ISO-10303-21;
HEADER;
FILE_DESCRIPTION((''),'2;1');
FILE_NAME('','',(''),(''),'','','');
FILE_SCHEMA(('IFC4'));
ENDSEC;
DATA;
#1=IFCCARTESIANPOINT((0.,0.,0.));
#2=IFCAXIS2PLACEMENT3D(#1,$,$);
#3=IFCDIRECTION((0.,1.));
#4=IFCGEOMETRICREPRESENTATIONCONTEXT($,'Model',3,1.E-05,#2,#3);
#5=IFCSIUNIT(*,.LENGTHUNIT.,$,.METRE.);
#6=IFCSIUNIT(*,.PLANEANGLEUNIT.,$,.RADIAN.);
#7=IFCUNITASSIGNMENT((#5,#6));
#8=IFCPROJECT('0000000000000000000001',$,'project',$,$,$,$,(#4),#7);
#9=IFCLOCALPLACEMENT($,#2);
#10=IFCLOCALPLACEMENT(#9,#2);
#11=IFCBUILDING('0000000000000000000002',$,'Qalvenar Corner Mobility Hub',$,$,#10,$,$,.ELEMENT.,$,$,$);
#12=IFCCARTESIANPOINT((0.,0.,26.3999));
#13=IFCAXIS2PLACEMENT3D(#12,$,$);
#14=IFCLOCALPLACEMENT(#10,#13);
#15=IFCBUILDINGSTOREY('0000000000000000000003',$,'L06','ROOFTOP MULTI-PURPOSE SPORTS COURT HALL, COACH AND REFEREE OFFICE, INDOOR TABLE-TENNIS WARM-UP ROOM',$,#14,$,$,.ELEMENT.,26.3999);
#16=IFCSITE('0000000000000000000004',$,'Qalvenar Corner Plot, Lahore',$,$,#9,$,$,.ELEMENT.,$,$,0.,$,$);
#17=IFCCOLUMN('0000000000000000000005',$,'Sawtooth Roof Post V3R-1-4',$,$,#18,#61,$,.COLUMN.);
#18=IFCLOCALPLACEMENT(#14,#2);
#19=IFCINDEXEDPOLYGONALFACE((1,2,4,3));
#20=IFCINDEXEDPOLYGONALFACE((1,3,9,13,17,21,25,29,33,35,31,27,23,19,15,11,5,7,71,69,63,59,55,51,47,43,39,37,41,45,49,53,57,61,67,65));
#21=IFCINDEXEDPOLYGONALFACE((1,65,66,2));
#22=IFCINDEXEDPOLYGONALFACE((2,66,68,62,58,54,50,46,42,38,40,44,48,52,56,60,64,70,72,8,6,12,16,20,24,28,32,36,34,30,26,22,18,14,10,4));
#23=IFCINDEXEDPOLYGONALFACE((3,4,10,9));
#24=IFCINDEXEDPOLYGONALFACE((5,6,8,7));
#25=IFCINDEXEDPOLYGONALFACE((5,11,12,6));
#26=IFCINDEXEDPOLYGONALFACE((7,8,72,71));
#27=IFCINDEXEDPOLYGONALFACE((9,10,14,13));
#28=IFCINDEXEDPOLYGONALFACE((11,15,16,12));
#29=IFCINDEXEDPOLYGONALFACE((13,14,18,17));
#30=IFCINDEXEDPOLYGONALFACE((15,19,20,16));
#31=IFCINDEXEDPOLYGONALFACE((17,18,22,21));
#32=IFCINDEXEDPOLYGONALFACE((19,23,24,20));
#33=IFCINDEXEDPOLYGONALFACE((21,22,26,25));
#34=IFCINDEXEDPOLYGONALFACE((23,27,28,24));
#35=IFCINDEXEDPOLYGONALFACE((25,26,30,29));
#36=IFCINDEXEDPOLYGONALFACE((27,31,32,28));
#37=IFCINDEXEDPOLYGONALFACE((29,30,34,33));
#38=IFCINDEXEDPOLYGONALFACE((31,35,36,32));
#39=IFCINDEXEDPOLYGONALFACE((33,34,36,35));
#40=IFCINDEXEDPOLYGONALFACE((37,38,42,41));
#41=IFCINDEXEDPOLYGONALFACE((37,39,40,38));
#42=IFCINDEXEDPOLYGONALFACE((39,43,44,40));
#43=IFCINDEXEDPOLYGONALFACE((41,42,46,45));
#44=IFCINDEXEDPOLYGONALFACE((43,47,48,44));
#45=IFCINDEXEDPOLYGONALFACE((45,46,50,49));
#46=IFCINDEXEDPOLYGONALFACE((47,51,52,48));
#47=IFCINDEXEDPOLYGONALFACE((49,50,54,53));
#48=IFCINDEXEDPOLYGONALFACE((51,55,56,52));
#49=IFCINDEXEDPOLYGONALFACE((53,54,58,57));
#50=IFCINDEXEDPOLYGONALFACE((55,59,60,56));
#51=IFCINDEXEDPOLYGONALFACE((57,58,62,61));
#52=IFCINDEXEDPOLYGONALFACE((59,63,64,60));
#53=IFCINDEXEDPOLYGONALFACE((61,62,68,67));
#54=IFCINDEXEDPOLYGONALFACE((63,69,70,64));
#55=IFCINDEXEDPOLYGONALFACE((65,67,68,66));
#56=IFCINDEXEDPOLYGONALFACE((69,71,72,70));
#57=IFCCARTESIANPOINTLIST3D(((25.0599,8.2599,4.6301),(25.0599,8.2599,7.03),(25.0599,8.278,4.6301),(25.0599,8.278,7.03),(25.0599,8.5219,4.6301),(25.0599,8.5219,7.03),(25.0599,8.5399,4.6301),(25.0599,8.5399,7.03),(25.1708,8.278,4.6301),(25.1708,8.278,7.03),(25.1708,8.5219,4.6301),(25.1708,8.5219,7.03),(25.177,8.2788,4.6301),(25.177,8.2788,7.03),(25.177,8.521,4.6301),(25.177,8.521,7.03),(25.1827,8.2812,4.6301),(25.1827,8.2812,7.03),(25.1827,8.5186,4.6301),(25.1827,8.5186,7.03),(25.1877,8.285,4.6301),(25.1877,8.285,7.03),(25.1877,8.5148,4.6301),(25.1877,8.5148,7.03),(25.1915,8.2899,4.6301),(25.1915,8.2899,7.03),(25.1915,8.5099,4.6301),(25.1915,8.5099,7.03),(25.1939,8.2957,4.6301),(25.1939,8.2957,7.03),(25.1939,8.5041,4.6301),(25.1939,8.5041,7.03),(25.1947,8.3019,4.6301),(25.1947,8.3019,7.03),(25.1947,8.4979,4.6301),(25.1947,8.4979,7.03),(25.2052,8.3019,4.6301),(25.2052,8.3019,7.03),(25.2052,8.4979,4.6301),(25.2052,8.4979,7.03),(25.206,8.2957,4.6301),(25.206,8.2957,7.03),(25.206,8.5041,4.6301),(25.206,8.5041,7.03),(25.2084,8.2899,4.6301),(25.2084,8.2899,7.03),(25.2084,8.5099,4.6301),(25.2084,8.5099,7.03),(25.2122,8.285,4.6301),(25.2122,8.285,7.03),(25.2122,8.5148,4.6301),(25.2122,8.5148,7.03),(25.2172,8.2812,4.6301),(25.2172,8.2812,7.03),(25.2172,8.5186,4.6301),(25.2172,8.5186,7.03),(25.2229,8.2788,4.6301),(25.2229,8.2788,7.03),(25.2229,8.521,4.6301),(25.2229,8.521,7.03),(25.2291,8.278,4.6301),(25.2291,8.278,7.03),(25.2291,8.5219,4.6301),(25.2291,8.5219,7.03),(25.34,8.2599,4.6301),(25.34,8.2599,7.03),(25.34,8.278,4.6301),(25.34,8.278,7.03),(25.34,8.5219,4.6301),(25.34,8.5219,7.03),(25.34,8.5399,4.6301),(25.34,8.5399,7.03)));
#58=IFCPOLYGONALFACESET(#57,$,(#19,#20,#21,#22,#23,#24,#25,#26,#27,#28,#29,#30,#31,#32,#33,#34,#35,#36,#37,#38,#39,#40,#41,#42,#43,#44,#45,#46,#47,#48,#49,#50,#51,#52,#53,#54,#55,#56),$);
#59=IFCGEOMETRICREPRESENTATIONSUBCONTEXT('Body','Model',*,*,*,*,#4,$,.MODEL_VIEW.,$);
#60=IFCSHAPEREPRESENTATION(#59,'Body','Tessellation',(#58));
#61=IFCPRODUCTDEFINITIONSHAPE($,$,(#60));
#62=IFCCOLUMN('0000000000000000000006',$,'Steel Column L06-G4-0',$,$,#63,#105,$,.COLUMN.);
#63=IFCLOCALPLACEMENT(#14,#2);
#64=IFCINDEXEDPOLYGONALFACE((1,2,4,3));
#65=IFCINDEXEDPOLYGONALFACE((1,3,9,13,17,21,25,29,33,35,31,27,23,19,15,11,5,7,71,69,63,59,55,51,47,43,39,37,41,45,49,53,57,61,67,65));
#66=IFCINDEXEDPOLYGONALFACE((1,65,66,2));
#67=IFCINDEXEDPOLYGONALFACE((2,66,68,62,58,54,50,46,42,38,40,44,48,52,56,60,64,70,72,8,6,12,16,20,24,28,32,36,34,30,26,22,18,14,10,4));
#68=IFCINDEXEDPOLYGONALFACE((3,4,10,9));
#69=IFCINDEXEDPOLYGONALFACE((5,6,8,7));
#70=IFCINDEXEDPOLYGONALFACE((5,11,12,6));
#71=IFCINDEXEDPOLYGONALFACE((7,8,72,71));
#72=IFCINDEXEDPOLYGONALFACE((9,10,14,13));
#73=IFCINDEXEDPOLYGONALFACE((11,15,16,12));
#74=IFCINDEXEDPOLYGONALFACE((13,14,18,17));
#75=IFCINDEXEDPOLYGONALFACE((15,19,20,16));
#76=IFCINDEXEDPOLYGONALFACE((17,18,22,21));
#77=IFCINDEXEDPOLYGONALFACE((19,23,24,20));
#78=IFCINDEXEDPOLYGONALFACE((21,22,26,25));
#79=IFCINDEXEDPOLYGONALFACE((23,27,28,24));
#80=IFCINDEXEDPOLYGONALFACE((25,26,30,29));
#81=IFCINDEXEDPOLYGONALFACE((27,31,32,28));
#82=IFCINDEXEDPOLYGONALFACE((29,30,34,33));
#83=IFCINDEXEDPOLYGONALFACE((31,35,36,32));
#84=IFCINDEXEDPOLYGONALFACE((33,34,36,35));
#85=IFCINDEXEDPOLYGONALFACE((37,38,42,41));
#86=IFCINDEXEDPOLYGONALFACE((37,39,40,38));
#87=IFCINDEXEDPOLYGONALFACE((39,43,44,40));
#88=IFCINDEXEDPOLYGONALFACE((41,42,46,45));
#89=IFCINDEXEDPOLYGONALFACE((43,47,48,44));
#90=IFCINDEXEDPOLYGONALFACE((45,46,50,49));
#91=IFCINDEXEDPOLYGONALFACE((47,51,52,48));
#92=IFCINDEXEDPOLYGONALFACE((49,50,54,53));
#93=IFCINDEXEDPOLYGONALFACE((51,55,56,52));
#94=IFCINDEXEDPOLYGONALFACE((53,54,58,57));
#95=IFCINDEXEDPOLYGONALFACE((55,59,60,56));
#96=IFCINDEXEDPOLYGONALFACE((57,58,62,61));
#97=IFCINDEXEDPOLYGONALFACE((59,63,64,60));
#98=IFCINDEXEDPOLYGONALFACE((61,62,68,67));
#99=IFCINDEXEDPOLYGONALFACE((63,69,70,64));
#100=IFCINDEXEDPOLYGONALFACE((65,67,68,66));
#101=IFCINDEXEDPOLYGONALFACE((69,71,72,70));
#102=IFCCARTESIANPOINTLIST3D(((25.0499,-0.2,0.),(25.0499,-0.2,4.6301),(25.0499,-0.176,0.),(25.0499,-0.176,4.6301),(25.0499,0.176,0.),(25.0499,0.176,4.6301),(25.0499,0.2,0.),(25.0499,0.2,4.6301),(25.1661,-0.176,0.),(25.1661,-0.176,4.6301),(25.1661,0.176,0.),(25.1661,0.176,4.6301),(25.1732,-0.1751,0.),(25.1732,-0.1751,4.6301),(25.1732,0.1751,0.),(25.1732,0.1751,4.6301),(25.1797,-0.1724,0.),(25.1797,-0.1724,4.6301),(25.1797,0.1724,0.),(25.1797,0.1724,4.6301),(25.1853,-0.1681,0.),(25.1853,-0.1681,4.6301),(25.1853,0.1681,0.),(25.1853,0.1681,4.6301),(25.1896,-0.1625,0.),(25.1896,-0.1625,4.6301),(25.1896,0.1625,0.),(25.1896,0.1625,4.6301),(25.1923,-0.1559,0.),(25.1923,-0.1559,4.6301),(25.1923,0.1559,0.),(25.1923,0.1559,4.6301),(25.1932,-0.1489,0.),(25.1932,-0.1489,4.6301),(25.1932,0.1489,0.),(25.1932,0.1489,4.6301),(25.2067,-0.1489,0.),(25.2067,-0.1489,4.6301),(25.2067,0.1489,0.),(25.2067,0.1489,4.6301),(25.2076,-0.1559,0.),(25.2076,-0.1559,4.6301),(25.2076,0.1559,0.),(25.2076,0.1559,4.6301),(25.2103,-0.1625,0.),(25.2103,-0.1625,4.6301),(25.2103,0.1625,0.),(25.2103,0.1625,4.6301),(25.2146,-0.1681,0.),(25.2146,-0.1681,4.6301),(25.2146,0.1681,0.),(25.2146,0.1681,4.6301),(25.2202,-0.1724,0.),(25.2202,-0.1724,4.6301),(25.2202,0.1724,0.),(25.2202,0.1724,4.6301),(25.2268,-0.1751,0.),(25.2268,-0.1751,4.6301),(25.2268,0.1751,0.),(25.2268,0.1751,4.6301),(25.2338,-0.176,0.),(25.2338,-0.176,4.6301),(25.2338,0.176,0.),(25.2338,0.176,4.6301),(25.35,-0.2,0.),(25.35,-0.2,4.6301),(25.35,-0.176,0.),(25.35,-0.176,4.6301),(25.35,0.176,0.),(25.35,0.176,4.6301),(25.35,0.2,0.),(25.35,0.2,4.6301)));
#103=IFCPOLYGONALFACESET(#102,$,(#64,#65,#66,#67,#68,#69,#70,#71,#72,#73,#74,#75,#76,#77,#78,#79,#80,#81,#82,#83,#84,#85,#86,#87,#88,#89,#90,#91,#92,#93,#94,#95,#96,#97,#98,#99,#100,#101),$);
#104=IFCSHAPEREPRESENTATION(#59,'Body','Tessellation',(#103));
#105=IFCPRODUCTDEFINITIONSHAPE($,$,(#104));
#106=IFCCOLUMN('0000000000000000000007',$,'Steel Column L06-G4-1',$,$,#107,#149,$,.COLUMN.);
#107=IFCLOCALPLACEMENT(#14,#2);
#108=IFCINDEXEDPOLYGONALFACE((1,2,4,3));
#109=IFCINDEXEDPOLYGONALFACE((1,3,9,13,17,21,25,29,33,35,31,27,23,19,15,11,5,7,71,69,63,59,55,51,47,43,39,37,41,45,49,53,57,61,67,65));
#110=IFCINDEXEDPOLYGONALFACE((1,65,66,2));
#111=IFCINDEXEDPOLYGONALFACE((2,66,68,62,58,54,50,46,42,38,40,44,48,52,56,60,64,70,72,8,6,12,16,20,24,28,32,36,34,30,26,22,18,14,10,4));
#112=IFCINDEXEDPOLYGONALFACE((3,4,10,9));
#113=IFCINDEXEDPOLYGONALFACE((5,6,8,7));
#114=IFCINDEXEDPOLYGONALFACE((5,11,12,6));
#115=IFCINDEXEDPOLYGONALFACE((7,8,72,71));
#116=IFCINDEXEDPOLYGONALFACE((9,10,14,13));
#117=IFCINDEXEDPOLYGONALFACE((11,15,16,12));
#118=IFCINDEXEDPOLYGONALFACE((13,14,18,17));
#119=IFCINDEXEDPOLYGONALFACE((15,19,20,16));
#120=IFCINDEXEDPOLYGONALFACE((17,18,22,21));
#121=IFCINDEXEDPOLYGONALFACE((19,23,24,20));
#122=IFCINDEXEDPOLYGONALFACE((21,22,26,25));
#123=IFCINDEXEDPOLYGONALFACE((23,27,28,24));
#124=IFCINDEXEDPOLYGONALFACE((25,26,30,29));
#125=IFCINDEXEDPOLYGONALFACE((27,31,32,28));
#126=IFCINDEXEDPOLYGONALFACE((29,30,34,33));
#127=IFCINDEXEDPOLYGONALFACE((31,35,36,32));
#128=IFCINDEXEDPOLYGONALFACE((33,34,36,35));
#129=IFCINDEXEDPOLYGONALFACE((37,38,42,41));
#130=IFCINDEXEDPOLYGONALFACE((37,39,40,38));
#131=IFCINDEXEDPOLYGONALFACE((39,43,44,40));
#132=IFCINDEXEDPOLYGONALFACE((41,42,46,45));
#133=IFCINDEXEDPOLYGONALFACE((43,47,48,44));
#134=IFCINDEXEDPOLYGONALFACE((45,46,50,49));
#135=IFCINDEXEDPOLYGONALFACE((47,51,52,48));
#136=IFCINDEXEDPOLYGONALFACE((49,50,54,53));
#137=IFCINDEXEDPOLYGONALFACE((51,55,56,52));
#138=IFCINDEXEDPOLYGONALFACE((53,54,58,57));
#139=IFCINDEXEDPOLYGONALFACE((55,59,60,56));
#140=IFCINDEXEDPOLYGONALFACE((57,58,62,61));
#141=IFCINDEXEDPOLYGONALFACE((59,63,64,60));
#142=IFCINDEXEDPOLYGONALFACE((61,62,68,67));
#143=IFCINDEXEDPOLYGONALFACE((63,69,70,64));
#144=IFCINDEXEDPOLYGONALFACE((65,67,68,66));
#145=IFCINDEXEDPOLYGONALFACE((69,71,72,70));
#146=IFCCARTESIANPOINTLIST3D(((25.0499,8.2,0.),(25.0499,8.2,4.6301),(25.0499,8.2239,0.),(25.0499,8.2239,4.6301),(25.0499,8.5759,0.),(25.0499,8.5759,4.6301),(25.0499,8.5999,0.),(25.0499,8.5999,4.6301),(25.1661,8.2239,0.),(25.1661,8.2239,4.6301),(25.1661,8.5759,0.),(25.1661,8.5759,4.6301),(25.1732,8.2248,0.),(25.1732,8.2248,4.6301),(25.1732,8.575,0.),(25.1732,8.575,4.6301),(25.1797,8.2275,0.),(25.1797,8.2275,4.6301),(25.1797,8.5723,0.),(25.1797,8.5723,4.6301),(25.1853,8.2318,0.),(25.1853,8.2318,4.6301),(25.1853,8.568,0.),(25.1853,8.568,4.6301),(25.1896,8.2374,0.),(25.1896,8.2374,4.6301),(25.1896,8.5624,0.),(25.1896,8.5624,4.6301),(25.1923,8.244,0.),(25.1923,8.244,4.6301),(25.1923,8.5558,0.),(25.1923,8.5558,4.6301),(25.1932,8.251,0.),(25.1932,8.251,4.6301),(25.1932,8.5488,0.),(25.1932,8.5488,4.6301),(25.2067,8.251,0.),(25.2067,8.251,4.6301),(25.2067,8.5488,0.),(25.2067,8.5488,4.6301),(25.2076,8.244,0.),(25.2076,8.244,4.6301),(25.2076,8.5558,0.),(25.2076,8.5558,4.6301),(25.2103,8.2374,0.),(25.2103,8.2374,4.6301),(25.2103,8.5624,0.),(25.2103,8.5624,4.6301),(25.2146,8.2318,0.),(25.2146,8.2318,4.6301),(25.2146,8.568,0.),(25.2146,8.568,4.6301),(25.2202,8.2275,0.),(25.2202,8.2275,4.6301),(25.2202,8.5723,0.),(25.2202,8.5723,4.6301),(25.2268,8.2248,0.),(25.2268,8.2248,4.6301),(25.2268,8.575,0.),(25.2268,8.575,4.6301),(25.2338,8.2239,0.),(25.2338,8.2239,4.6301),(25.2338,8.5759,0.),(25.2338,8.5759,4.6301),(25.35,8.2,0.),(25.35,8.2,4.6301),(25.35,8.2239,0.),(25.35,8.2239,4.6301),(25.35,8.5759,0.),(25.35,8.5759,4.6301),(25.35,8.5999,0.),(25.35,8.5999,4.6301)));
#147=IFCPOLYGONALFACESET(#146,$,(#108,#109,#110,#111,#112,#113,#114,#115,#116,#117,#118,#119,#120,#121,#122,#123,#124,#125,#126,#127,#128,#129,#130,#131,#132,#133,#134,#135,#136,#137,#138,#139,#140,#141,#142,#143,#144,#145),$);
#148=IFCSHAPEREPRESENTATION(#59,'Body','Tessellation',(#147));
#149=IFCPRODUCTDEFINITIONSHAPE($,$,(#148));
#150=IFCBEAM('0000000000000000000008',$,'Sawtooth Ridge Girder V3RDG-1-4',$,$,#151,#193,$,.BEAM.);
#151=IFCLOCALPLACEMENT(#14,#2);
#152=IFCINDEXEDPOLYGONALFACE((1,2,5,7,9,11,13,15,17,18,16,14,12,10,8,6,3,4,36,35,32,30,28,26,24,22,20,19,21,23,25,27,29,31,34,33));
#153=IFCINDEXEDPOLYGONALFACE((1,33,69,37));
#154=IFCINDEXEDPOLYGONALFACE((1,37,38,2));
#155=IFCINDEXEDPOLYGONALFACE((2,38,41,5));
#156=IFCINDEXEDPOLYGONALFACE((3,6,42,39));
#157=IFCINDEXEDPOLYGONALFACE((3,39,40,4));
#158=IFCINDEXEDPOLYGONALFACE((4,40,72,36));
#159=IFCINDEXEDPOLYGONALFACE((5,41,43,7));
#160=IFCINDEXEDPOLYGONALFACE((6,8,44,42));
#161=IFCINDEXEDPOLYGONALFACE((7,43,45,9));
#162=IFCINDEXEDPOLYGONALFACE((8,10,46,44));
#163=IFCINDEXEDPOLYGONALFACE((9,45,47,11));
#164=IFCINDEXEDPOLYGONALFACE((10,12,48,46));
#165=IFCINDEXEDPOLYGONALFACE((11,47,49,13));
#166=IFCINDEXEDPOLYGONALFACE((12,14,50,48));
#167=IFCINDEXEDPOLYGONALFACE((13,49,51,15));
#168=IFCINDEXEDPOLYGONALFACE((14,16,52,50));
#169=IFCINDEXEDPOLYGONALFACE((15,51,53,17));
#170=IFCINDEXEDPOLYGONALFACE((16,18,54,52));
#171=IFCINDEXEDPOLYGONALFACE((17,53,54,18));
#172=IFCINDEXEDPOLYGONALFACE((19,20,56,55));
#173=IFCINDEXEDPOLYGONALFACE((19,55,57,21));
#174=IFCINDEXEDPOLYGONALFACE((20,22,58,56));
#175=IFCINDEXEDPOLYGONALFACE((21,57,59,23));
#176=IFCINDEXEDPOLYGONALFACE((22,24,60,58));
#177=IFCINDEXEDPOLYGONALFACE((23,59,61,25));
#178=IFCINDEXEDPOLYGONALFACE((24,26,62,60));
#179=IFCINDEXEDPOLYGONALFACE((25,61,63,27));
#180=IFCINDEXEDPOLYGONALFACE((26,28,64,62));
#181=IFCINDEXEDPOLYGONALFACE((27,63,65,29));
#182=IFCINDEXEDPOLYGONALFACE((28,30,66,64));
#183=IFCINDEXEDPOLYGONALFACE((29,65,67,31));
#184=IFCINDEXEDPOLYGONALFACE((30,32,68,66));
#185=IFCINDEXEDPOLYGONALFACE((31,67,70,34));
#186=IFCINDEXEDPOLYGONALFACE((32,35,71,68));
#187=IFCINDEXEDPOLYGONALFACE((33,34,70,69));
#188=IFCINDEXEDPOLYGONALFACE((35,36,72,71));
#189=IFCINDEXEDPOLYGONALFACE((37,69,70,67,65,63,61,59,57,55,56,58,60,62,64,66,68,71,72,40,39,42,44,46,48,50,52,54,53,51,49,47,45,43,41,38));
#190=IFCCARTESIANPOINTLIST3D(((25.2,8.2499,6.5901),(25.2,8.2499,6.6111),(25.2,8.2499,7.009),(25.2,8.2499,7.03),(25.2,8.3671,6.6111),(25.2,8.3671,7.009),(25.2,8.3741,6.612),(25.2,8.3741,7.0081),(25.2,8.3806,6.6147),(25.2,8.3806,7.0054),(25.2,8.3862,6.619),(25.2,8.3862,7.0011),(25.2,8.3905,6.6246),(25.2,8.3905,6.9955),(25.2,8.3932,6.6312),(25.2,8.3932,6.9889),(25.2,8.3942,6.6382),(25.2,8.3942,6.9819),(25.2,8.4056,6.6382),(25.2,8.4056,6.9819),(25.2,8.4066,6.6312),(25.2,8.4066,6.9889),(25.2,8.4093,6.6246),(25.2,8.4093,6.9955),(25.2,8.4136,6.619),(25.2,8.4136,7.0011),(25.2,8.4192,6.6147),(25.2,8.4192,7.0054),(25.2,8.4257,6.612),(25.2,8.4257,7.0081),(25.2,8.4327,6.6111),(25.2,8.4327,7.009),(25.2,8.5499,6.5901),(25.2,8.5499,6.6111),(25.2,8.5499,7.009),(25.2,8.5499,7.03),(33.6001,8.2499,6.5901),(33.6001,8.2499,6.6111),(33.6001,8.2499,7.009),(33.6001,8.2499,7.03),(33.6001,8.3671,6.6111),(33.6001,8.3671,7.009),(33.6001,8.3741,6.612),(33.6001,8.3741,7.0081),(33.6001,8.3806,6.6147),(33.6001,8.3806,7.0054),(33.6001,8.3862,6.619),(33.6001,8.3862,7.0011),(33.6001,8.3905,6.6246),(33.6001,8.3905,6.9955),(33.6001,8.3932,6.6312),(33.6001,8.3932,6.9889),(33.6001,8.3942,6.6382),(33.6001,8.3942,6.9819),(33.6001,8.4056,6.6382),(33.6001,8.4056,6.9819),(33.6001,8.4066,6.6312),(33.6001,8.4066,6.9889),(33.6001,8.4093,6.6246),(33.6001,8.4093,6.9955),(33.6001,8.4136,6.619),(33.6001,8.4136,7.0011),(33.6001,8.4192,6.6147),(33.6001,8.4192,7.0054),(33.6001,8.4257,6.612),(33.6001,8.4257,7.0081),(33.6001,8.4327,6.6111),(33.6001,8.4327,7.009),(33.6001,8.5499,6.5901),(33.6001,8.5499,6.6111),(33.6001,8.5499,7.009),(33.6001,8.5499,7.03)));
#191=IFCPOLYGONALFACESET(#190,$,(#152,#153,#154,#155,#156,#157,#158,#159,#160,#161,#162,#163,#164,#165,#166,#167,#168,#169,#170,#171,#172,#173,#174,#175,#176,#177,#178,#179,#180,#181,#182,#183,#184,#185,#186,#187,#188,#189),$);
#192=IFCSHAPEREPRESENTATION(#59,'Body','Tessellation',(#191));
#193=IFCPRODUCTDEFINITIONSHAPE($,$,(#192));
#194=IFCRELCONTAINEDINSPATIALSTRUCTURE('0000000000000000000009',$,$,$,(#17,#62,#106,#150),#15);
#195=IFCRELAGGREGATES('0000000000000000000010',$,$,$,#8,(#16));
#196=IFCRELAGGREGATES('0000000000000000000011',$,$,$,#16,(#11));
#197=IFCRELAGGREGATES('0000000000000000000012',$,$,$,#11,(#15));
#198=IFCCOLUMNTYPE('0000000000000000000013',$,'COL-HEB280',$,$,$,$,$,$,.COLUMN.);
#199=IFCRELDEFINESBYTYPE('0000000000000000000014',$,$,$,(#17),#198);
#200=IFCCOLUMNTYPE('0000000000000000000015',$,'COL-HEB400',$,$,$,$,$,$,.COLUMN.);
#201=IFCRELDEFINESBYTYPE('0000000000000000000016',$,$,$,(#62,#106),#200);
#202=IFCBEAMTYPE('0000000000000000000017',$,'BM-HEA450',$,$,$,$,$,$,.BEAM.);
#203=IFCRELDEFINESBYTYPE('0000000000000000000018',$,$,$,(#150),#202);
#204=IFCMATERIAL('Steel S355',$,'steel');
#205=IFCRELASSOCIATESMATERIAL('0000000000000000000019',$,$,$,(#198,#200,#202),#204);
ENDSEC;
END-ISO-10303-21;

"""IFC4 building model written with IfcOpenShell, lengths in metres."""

from ifc_helpers import new_model, si_unit, direction, frame, origin, origin_2d, place, context, subcontext, project, spatial, i_section, extrude, material, material_profile, profile_set, type_object, element, save


model = new_model("IFC4")

# Units and contexts
model_context = context("Model", 3, precision=1e-05, world=origin(), true_north=direction((0.0, 1.0)))
body_context = subcontext(model_context, "Body", "Model", "MODEL_VIEW")
ifc_project = project(units=[si_unit("LENGTHUNIT", "METRE"), si_unit("PLANEANGLEUNIT", "RADIAN")], contexts=[model_context])

# Site, building, storey
site_placement = place(None, origin())
site = spatial("IfcSite", under=ifc_project, at=site_placement, Name="Qalvenar Corner Plot, Lahore", CompositionType="ELEMENT", RefElevation=0.0)
building_placement = place(site_placement, origin())
building = spatial("IfcBuilding", under=site, at=building_placement, Name="Qalvenar Corner Mobility Hub", CompositionType="ELEMENT")
storey_placement = place(building_placement, frame((0.0, 0.0, 26.3999)))
storey = spatial("IfcBuildingStorey", under=building, at=storey_placement, Name="L06", Description="ROOFTOP MULTI-PURPOSE SPORTS COURT HALL, COACH AND REFEREE OFFICE, INDOOR TABLE-TENNIS WARM-UP ROOM", CompositionType="ELEMENT", Elevation=26.3999)

# Columns
ifc_material_1 = material(Name="Steel S355", Category="steel")
ifc_material_profile_1 = material_profile(ifc_material_1, i_section(OverallWidth=0.28, OverallDepth=0.28, WebThickness=0.0105, FlangeThickness=0.0181, FilletRadius=0.0239, at=origin_2d()), Name="HEB280")
ifc_profile_set_1 = profile_set([ifc_material_profile_1], Name="Steel S355")
column_type_1 = type_object("IfcColumnType", Name="COL-HEB280", PredefinedType="COLUMN", material=ifc_profile_set_1)
column_placement = place(storey_placement, frame((25.2, 8.3999, 4.6301), z_axis=(0.0, 0.0, 1.0), x_axis=(1.0, 0.0, 0.0)))
element("IfcColumn", 1, at=column_placement, inside=storey, type_object=column_type_1, Name="Sawtooth Roof Post V3R-1-4", PredefinedType="COLUMN", context=body_context, shape_type="SweptSolid", body=[
    extrude(i_section(OverallWidth=0.28, OverallDepth=0.28, WebThickness=0.0105, FlangeThickness=0.0181, FilletRadius=0.0239, at=origin_2d()), origin(), (0.0, 0.0, 1.0), 2.3999),
])
ifc_material_profile_2 = material_profile(ifc_material_1, i_section(OverallWidth=0.3, OverallDepth=0.3999, WebThickness=0.0134, FlangeThickness=0.0239, FilletRadius=0.0271, at=origin_2d()), Name="HEB400")
ifc_profile_set_2 = profile_set([ifc_material_profile_2], Name="Steel S355")
column_type_2 = type_object("IfcColumnType", Name="COL-HEB400", PredefinedType="COLUMN", material=ifc_profile_set_2)
for number, where, z_axis, x_axis, name in (
    (2, (25.2, 0.0, 0.0), (0.0, 0.0, 1.0), (1.0, 0.0, 0.0), "Steel Column L06-G4-0"),
    (3, (25.2, 8.3999, 0.0), (0.0, 0.0, 1.0), (1.0, 0.0, 0.0), "Steel Column L06-G4-1"),
):
    element("IfcColumn", number, at=place(storey_placement, frame(where, z_axis=z_axis, x_axis=x_axis)), inside=storey, type_object=column_type_2, Name=name, PredefinedType="COLUMN", context=body_context, shape_type="SweptSolid", body=[
        extrude(i_section(OverallWidth=0.3, OverallDepth=0.3999, WebThickness=0.0134, FlangeThickness=0.0239, FilletRadius=0.0271, at=origin_2d()), origin(), (0.0, 0.0, 1.0), 4.6301),
    ])

# Beam
ifc_material_profile_3 = material_profile(ifc_material_1, i_section(OverallWidth=0.3, OverallDepth=0.4399, WebThickness=0.0115, FlangeThickness=0.021, FilletRadius=0.0271, at=origin_2d()), Name="HEA450")
ifc_profile_set_3 = profile_set([ifc_material_profile_3], Name="Steel S355")
beam_type_1 = type_object("IfcBeamType", Name="BM-HEA450", PredefinedType="BEAM", material=ifc_profile_set_3)
beam_1_placement = place(storey_placement, frame((25.2, 8.3999, 6.8101), z_axis=(1.0, 0.0, 0.0), x_axis=(0.0, 1.0, 0.0)))
element("IfcBeam", 4, at=beam_1_placement, inside=storey, type_object=beam_type_1, Name="Sawtooth Ridge Girder V3RDG-1-4", PredefinedType="BEAM", context=body_context, shape_type="SweptSolid", body=[
    extrude(i_section(OverallWidth=0.3, OverallDepth=0.4399, WebThickness=0.0115, FlangeThickness=0.021, FilletRadius=0.0271, at=origin_2d()), origin(), (0.0, 0.0, 1.0), 8.4001),
])

save(model, "model.ifc")
